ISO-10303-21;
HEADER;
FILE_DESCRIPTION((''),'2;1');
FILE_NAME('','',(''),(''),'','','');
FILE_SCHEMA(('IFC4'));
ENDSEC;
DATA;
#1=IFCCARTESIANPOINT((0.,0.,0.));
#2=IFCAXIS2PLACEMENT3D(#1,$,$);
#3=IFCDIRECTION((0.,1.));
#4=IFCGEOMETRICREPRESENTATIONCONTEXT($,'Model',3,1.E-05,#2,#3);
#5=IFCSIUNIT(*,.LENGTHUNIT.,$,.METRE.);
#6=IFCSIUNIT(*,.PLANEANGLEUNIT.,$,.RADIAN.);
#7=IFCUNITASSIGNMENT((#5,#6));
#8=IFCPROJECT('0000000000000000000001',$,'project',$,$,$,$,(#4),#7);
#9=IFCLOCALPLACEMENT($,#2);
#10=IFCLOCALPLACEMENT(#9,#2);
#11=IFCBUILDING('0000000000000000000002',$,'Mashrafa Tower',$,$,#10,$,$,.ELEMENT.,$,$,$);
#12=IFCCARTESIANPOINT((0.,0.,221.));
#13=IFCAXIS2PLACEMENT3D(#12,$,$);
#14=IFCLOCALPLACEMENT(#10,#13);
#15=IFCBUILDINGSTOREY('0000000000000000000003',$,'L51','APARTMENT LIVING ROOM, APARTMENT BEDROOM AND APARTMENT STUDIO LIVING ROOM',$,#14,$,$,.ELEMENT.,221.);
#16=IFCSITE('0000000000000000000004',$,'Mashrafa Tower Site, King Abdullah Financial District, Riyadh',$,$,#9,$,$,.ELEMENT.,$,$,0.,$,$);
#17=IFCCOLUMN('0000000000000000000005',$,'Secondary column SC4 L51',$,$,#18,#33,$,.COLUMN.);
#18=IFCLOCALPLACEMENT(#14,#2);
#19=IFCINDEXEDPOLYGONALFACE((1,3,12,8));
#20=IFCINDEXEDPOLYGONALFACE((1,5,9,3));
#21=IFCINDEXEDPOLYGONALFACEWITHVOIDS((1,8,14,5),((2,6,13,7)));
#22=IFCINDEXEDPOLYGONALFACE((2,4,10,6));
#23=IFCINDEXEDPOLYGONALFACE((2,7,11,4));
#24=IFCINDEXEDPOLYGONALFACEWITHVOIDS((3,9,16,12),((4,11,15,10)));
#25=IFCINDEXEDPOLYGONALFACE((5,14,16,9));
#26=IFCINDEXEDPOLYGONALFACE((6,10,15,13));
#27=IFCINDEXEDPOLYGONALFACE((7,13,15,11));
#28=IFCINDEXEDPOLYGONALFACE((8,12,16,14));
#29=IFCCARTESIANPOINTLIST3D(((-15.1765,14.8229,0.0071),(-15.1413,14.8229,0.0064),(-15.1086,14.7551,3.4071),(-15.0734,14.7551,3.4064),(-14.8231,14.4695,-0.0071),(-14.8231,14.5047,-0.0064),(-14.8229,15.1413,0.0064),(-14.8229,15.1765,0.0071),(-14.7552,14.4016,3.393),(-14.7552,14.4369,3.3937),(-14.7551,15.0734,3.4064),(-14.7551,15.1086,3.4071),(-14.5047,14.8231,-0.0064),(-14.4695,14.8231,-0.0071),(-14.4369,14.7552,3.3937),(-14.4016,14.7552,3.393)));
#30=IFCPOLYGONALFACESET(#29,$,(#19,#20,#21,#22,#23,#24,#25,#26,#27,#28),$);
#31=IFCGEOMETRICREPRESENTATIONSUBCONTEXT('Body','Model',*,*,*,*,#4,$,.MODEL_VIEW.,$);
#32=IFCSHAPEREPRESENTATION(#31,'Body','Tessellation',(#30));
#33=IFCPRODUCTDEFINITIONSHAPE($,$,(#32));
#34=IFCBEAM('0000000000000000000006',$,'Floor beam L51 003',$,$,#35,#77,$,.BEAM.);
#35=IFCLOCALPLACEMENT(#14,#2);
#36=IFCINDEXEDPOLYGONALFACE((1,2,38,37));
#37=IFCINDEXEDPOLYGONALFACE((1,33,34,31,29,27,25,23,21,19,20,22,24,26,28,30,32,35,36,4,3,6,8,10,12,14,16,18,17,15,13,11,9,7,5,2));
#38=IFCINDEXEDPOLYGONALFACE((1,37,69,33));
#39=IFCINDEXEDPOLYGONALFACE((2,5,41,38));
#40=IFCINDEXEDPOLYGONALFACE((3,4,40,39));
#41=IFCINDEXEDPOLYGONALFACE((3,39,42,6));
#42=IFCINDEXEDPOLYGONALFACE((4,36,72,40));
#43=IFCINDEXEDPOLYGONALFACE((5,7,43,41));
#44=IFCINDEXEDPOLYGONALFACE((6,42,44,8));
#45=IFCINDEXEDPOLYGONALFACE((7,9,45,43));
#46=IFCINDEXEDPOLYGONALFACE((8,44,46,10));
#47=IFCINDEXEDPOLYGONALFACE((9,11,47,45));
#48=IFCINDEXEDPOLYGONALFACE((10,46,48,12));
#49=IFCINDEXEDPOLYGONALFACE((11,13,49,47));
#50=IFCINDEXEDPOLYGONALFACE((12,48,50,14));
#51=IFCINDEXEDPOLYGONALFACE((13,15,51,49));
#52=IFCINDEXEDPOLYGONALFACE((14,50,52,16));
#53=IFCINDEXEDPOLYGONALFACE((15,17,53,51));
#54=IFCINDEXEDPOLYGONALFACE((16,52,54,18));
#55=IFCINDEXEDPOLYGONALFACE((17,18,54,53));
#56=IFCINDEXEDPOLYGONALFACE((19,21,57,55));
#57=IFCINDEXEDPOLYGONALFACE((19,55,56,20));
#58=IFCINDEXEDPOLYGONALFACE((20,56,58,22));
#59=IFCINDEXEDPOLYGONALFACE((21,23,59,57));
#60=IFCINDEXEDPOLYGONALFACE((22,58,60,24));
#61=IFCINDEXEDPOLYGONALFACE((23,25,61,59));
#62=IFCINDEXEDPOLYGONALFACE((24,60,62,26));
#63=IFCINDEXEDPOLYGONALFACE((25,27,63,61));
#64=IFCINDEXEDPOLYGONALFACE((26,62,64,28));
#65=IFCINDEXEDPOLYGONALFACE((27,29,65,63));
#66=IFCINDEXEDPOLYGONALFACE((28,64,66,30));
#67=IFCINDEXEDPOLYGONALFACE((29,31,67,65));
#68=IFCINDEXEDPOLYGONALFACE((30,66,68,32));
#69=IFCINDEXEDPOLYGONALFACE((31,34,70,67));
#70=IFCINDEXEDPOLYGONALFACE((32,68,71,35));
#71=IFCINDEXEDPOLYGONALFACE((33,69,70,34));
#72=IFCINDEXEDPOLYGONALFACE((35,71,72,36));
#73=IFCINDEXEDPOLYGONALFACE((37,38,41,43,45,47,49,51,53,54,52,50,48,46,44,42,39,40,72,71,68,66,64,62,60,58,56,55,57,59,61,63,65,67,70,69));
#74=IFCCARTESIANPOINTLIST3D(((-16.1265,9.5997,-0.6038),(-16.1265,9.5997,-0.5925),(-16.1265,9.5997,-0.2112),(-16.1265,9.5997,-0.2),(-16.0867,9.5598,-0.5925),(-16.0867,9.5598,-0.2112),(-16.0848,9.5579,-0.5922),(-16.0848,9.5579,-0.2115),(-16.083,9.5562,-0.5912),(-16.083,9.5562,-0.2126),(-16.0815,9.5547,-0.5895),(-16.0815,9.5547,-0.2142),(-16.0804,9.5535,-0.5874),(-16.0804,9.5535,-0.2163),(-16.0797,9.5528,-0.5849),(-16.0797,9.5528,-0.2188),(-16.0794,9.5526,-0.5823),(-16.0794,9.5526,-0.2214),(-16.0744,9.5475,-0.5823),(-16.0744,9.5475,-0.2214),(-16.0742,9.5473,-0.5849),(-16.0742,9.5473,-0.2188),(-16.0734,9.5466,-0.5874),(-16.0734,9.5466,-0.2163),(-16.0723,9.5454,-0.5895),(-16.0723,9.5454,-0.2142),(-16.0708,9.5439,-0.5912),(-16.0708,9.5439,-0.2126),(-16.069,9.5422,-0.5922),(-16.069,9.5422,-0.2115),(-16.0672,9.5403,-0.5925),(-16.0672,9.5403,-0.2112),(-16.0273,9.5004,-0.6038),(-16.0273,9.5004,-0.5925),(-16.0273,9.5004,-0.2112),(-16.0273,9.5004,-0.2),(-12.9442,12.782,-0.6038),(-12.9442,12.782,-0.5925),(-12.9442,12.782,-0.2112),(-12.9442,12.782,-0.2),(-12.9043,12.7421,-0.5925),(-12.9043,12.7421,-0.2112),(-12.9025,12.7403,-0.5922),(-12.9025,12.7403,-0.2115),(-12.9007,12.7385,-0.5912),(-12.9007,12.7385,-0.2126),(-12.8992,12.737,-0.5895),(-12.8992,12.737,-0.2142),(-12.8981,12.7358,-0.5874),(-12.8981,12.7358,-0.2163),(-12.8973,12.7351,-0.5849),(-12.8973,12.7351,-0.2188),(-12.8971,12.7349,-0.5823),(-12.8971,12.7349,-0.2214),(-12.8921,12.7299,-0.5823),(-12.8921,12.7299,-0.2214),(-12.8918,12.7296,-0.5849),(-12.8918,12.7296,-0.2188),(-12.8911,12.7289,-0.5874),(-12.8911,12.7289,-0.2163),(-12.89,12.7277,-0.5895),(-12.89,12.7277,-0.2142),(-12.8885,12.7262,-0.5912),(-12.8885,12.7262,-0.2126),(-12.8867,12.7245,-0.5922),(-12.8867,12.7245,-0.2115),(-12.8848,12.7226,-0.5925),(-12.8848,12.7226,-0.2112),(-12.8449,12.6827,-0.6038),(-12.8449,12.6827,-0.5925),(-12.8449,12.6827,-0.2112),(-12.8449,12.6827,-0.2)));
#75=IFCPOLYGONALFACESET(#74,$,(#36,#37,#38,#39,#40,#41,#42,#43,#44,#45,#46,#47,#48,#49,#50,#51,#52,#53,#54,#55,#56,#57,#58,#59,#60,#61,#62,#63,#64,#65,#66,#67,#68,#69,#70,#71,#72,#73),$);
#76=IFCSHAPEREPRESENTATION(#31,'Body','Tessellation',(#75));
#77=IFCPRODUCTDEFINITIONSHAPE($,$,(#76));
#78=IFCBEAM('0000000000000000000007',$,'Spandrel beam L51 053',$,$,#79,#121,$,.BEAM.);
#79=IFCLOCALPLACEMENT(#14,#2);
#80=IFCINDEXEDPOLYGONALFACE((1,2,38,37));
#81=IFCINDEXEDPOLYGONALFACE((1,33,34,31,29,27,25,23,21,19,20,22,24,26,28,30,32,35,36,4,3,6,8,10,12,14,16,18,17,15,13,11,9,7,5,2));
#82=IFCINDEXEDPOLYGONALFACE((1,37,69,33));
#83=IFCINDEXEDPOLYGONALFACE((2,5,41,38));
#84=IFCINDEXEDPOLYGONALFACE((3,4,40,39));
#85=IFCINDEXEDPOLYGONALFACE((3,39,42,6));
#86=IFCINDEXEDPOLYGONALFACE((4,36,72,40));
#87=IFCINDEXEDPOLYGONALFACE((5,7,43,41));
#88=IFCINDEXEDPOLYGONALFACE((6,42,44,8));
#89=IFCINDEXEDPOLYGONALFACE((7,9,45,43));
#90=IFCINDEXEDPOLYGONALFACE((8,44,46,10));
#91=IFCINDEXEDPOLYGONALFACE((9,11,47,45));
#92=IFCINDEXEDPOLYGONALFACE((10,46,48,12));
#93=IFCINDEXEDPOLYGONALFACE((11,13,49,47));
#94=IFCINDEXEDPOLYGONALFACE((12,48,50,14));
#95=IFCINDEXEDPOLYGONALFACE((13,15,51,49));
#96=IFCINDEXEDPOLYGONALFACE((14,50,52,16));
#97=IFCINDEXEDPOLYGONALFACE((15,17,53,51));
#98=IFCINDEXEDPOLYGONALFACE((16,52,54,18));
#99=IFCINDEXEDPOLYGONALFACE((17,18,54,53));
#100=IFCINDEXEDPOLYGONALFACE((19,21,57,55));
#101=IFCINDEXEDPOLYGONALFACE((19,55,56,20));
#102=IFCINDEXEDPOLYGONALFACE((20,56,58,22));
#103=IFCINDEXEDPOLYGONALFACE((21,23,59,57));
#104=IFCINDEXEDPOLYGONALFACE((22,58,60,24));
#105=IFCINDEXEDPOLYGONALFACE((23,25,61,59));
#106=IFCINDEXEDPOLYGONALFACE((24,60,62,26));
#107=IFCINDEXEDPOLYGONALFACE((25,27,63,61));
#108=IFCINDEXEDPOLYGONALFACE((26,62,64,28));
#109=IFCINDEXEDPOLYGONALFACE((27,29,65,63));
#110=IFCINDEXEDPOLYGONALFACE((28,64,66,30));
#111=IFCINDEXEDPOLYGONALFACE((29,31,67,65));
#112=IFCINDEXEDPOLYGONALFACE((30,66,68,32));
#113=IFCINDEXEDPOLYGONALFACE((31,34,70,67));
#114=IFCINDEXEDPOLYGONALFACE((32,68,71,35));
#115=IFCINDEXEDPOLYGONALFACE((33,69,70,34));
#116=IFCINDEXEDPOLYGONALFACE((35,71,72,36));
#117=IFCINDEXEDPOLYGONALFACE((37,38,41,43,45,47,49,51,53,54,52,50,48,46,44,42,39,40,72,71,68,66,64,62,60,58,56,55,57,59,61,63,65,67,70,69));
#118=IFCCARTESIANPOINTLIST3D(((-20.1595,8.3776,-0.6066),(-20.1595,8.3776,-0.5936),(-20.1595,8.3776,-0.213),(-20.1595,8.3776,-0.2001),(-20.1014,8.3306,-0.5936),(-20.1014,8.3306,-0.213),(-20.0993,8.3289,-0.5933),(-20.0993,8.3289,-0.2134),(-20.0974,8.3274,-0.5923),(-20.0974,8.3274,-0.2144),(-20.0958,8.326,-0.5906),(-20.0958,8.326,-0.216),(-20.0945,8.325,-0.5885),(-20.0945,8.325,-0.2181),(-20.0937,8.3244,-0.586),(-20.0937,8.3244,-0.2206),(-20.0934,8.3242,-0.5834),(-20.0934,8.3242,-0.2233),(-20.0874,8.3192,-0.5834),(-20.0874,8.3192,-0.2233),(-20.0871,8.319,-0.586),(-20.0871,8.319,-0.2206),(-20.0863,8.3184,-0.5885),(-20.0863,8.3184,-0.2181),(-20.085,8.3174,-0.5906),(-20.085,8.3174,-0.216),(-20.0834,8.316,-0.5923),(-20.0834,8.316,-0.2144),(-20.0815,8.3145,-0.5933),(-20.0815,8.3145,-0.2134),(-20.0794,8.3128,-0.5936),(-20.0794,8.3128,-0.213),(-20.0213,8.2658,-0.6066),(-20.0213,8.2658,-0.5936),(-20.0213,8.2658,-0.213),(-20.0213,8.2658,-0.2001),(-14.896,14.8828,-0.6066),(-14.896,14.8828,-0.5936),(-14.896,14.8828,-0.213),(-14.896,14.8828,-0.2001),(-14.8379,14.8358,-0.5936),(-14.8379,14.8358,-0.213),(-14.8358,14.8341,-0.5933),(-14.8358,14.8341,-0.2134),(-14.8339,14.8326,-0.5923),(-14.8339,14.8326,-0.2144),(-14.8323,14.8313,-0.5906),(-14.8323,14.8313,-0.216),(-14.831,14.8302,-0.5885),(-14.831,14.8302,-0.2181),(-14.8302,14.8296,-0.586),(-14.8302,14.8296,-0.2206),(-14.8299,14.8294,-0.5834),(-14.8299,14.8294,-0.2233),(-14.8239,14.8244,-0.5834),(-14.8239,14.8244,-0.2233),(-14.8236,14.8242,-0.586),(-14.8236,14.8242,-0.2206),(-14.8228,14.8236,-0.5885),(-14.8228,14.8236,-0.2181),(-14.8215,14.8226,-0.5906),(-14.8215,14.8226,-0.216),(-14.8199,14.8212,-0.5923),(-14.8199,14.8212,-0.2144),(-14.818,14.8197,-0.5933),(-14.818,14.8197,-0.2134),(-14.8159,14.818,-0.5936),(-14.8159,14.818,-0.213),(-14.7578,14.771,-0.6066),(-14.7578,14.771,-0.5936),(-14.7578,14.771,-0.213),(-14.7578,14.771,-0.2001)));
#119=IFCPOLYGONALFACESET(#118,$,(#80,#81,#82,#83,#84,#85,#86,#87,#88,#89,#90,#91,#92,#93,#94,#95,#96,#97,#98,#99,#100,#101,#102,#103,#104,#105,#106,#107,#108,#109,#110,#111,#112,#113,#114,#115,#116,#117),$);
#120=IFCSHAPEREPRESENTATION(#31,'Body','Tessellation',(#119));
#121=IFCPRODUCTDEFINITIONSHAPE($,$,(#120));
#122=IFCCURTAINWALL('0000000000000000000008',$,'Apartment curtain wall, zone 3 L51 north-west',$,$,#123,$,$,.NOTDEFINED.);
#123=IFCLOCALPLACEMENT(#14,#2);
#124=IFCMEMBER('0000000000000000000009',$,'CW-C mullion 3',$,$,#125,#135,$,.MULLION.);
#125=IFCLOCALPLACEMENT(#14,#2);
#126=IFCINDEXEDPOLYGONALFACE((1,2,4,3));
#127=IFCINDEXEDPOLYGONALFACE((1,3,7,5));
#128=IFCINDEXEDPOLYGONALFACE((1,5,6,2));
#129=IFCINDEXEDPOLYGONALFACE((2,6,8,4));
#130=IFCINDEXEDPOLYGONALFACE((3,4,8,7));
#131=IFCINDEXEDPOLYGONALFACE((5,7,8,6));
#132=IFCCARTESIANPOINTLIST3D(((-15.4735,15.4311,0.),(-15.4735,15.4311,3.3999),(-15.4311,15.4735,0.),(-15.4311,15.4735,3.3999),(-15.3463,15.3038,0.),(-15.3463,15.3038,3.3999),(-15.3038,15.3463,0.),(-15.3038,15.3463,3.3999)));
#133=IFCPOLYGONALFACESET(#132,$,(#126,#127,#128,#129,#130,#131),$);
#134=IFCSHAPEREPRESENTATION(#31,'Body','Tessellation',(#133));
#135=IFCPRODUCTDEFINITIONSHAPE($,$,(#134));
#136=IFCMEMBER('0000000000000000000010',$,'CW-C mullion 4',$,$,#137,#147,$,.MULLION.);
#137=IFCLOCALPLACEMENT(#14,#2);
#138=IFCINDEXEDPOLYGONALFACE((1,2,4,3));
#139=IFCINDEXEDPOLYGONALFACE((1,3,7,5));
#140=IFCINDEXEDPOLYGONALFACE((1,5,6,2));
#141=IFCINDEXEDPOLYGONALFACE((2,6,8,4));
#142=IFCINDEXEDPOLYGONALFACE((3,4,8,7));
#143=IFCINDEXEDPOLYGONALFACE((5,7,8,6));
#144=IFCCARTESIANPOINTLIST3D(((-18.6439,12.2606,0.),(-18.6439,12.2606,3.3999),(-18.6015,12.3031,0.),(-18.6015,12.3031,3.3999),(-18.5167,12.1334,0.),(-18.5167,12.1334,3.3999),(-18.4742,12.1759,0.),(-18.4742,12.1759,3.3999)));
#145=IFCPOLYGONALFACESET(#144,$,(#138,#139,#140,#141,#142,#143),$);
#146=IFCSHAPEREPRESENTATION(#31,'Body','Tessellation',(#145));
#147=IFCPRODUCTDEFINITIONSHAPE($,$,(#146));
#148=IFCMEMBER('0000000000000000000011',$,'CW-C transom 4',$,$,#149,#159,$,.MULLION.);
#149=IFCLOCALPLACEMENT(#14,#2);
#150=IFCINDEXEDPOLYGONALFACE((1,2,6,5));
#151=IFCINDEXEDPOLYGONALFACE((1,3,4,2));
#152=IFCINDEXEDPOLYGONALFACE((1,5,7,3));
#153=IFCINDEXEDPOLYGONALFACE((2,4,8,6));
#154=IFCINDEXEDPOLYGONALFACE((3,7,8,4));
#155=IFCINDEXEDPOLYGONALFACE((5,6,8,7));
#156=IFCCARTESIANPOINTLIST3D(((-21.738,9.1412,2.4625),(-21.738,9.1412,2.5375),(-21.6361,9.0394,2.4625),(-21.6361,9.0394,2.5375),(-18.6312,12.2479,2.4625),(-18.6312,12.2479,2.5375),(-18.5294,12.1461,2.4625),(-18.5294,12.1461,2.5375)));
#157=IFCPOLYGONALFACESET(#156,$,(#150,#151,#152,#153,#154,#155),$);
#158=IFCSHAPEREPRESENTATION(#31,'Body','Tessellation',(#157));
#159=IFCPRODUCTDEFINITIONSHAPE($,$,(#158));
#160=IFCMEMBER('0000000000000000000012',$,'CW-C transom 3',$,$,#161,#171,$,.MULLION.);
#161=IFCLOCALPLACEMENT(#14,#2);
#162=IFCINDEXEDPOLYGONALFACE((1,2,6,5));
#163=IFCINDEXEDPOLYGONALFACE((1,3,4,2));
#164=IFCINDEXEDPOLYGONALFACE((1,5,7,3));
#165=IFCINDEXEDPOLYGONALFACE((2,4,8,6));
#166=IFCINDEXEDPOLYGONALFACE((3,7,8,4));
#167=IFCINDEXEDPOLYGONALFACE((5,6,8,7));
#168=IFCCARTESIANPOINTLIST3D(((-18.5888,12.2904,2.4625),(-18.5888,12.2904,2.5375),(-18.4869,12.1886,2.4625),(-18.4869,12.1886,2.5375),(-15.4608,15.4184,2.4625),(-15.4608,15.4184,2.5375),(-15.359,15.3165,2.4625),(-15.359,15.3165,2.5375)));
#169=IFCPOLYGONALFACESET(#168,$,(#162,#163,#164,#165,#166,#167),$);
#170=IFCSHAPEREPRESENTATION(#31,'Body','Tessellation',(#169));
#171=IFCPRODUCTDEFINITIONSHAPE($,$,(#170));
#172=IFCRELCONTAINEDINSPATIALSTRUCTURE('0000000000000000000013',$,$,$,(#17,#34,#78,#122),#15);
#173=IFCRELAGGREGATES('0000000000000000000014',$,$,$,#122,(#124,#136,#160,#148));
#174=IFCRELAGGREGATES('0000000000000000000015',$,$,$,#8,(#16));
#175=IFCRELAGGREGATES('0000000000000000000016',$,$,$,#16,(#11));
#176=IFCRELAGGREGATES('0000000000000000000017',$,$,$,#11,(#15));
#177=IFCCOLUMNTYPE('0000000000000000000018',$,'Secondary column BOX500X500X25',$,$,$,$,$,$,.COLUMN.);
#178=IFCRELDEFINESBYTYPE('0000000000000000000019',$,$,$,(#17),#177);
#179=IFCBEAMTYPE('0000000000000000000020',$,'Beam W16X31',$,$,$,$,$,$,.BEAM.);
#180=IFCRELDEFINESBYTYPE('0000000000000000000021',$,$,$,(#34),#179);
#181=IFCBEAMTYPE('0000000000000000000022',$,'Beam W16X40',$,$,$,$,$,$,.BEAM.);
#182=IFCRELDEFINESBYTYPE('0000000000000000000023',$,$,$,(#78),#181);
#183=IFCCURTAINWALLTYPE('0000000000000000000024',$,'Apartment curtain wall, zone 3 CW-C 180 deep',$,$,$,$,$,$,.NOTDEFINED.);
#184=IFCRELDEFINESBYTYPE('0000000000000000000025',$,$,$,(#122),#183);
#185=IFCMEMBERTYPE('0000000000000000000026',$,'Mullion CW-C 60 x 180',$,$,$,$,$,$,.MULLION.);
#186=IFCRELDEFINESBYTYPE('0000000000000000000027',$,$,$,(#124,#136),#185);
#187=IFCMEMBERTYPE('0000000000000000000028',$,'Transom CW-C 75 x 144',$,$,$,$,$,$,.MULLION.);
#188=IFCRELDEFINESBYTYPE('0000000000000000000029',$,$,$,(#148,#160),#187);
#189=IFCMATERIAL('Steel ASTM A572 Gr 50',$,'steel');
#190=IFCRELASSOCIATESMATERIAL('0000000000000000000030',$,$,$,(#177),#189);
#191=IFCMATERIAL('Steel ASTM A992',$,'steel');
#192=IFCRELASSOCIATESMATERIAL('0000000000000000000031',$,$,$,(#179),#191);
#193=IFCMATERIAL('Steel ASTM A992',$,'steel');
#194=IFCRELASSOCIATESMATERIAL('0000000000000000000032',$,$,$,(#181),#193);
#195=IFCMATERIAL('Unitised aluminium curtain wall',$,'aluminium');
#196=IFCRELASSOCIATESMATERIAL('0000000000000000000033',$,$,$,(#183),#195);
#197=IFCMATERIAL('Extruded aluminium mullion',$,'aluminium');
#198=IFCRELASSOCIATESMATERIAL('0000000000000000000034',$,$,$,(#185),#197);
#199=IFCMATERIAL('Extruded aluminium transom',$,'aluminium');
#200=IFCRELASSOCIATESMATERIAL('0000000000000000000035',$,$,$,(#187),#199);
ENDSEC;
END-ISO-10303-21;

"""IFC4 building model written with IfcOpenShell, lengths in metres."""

from ifc_helpers import new_model, si_unit, direction, frame, origin, origin_2d, place, context, subcontext, project, spatial, rectangle, hollow_rectangle, i_section, extrude, source, transform, mapped, material, material_profile, profile_set, type_object, type_shapes, element, aggregate, save


model = new_model("IFC4")

# Units and contexts
model_context = context("Model", 3, precision=1e-05, world=origin(), true_north=direction((0.0, 1.0)))
body_context = subcontext(model_context, "Body", "Model", "MODEL_VIEW")
ifc_project = project(units=[si_unit("LENGTHUNIT", "METRE"), si_unit("PLANEANGLEUNIT", "RADIAN")], contexts=[model_context])

# Site, building, storey
site_placement = place(None, origin())
site = spatial("IfcSite", under=ifc_project, at=site_placement, Name="Mashrafa Tower Site, King Abdullah Financial District, Riyadh", CompositionType="ELEMENT", RefElevation=0.0)
building_placement = place(site_placement, origin())
building = spatial("IfcBuilding", under=site, at=building_placement, Name="Mashrafa Tower", CompositionType="ELEMENT")
storey_placement = place(building_placement, frame((0.0, 0.0, 221.0)))
storey = spatial("IfcBuildingStorey", under=building, at=storey_placement, Name="L51", Description="APARTMENT LIVING ROOM, APARTMENT BEDROOM AND APARTMENT STUDIO LIVING ROOM", CompositionType="ELEMENT", Elevation=221.0)

# Column
ifc_material_1 = material(Name="Steel ASTM A572 Gr 50", Category="steel")
ifc_material_profile_1 = material_profile(ifc_material_1, hollow_rectangle(XDim=0.5, YDim=0.5, WallThickness=0.0249, at=origin_2d()), Name="BOX500X500X25")
ifc_profile_set_1 = profile_set([ifc_material_profile_1], Name="Steel ASTM A572 Gr 50")
column_type = type_object("IfcColumnType", Name="Secondary column BOX500X500X25", PredefinedType="COLUMN", material=ifc_profile_set_1)
column_placement = place(storey_placement, frame((-14.823, 14.823, 0.0), z_axis=(0.019955, -0.019955, 0.999602), x_axis=(0.707107, 0.707107, 0.0)))
element("IfcColumn", 1, at=column_placement, inside=storey, type_object=column_type, Name="Secondary column SC4 L51", PredefinedType="COLUMN", context=body_context, shape_type="SweptSolid", body=[
    extrude(hollow_rectangle(XDim=0.5, YDim=0.5, WallThickness=0.0249, at=origin_2d()), origin(), (0.0, 0.0, 1.0), 3.4014),
])

# Beams
ifc_material_2 = material(Name="Steel ASTM A992", Category="steel")
ifc_material_profile_2 = material_profile(ifc_material_2, i_section(OverallWidth=0.1404, OverallDepth=0.4038, WebThickness=0.0071, FlangeThickness=0.0112, FilletRadius=0.0103, at=origin_2d()), Name="W16X31")
ifc_profile_set_2 = profile_set([ifc_material_profile_2], Name="Steel ASTM A992")
beam_type_1 = type_object("IfcBeamType", Name="Beam W16X31", PredefinedType="BEAM", material=ifc_profile_set_2)
beam_1_placement = place(storey_placement, frame((-16.0769, 9.55, -0.4019), z_axis=(0.707107, 0.707107, 0.0), x_axis=(-0.707107, 0.707107, 0.0)))
element("IfcBeam", 2, at=beam_1_placement, inside=storey, type_object=beam_type_1, Name="Floor beam L51 003", PredefinedType="BEAM", context=body_context, shape_type="SweptSolid", body=[
    extrude(i_section(OverallWidth=0.1404, OverallDepth=0.4038, WebThickness=0.0071, FlangeThickness=0.0112, FilletRadius=0.0103, at=origin_2d()), origin(), (0.0, 0.0, 1.0), 4.5005),
])
ifc_material_3 = material(Name="Steel ASTM A992", Category="steel")
ifc_material_profile_3 = material_profile(ifc_material_3, i_section(OverallWidth=0.1777, OverallDepth=0.4065, WebThickness=0.0078, FlangeThickness=0.0129, FilletRadius=0.0103, at=origin_2d()), Name="W16X40")
ifc_profile_set_3 = profile_set([ifc_material_profile_3], Name="Steel ASTM A992")
beam_type_2 = type_object("IfcBeamType", Name="Beam W16X40", PredefinedType="BEAM", material=ifc_profile_set_3)
beam_2_placement = place(storey_placement, frame((-14.8269, 14.8269, -0.4033), z_axis=(-0.629009, -0.777398, 0.0), x_axis=(0.777398, -0.629009, 0.0)))
element("IfcBeam", 3, at=beam_2_placement, inside=storey, type_object=beam_type_2, Name="Spandrel beam L51 053", PredefinedType="BEAM", context=body_context, shape_type="SweptSolid", body=[
    extrude(i_section(OverallWidth=0.1777, OverallDepth=0.4065, WebThickness=0.0078, FlangeThickness=0.0129, FilletRadius=0.0103, at=origin_2d()), origin(), (0.0, 0.0, 1.0), 8.3679),
])

# Curtain wall, members
ifc_material_4 = material(Name="Unitised aluminium curtain wall", Category="aluminium")
curtain_wall_type = type_object("IfcCurtainWallType", Name="Apartment curtain wall, zone 3 CW-C 180 deep", PredefinedType="NOTDEFINED", material=ifc_material_4)
curtain_wall_placement = place(storey_placement, origin())
curtain_wall = element("IfcCurtainWall", 4, at=curtain_wall_placement, inside=storey, type_object=curtain_wall_type, Name="Apartment curtain wall, zone 3 L51 north-west", PredefinedType="NOTDEFINED")
ifc_material_5 = material(Name="Extruded aluminium mullion", Category="aluminium")
ifc_material_profile_4 = material_profile(ifc_material_5, rectangle(XDim=0.1799, YDim=0.0601, at=origin_2d()), Name="Mullion 60x180")
ifc_profile_set_4 = profile_set([ifc_material_profile_4], Name="Extruded aluminium mullion")
member_type_1 = type_object("IfcMemberType", Name="Mullion CW-C 60 x 180", PredefinedType="MULLION", material=ifc_profile_set_4)
shared_shape_1 = source(origin(), body_context, "Body", "SweptSolid", [
    extrude(rectangle(XDim=0.1799, YDim=0.0601, at=origin_2d()), origin(), (0.0, 0.0, 1.0), 3.3999),
])
type_shapes(member_type_1, [shared_shape_1])
member_1_placement = place(storey_placement, frame((-15.3887, 15.3887, 0.0), z_axis=(0.0, 0.0, 1.0), x_axis=(0.707107, -0.707107, 0.0)))
member_1 = element("IfcMember", 5, at=member_1_placement, type_object=member_type_1, Name="CW-C mullion 3", PredefinedType="MULLION", context=body_context, shape_type="MappedRepresentation", body=[
    mapped(shared_shape_1, transform((0.0, 0.0, 0.0))),
])
member_2_placement = place(storey_placement, frame((-18.5591, 12.2183, 0.0), z_axis=(0.0, 0.0, 1.0), x_axis=(0.707107, -0.707107, 0.0)))
member_2 = element("IfcMember", 6, at=member_2_placement, type_object=member_type_1, Name="CW-C mullion 4", PredefinedType="MULLION", context=body_context, shape_type="MappedRepresentation", body=[
    mapped(shared_shape_1, transform((0.0, 0.0, 0.0))),
])
ifc_material_6 = material(Name="Extruded aluminium transom", Category="aluminium")
ifc_material_profile_5 = material_profile(ifc_material_6, rectangle(XDim=0.144, YDim=0.075, at=origin_2d()), Name="Transom 75x144")
ifc_profile_set_5 = profile_set([ifc_material_profile_5], Name="Extruded aluminium transom")
member_type_2 = type_object("IfcMemberType", Name="Transom CW-C 75 x 144", PredefinedType="MULLION", material=ifc_profile_set_5)
shared_shape_2 = source(origin(), body_context, "Body", "SweptSolid", [
    extrude(rectangle(XDim=0.144, YDim=0.075, at=origin_2d()), origin(), (0.0, 0.0, 1.0), 4.3936),
])
member_3_placement = place(storey_placement, frame((-18.5803, 12.197, 2.5), z_axis=(-0.707107, -0.707107, 0.0), x_axis=(0.707107, -0.707107, 0.0)))
member_3 = element("IfcMember", 7, at=member_3_placement, type_object=member_type_2, Name="CW-C transom 4", PredefinedType="MULLION", context=body_context, shape_type="MappedRepresentation", body=[
    mapped(shared_shape_2, transform((0.0, 0.0, 0.0))),
])
shared_shape_3 = source(origin(), body_context, "Body", "SweptSolid", [
    extrude(rectangle(XDim=0.144, YDim=0.075, at=origin_2d()), origin(), (0.0, 0.0, 1.0), 4.4236),
])
type_shapes(member_type_2, [shared_shape_2, shared_shape_3])
member_4_placement = place(storey_placement, frame((-15.4099, 15.3674, 2.5), z_axis=(-0.707107, -0.707107, 0.0), x_axis=(0.707107, -0.707107, 0.0)))
member_4 = element("IfcMember", 8, at=member_4_placement, type_object=member_type_2, Name="CW-C transom 3", PredefinedType="MULLION", context=body_context, shape_type="MappedRepresentation", body=[
    mapped(shared_shape_3, transform((0.0, 0.0, 0.0))),
])
aggregate(curtain_wall, [member_1, member_2, member_4, member_3])

save(model, "model.ifc")
